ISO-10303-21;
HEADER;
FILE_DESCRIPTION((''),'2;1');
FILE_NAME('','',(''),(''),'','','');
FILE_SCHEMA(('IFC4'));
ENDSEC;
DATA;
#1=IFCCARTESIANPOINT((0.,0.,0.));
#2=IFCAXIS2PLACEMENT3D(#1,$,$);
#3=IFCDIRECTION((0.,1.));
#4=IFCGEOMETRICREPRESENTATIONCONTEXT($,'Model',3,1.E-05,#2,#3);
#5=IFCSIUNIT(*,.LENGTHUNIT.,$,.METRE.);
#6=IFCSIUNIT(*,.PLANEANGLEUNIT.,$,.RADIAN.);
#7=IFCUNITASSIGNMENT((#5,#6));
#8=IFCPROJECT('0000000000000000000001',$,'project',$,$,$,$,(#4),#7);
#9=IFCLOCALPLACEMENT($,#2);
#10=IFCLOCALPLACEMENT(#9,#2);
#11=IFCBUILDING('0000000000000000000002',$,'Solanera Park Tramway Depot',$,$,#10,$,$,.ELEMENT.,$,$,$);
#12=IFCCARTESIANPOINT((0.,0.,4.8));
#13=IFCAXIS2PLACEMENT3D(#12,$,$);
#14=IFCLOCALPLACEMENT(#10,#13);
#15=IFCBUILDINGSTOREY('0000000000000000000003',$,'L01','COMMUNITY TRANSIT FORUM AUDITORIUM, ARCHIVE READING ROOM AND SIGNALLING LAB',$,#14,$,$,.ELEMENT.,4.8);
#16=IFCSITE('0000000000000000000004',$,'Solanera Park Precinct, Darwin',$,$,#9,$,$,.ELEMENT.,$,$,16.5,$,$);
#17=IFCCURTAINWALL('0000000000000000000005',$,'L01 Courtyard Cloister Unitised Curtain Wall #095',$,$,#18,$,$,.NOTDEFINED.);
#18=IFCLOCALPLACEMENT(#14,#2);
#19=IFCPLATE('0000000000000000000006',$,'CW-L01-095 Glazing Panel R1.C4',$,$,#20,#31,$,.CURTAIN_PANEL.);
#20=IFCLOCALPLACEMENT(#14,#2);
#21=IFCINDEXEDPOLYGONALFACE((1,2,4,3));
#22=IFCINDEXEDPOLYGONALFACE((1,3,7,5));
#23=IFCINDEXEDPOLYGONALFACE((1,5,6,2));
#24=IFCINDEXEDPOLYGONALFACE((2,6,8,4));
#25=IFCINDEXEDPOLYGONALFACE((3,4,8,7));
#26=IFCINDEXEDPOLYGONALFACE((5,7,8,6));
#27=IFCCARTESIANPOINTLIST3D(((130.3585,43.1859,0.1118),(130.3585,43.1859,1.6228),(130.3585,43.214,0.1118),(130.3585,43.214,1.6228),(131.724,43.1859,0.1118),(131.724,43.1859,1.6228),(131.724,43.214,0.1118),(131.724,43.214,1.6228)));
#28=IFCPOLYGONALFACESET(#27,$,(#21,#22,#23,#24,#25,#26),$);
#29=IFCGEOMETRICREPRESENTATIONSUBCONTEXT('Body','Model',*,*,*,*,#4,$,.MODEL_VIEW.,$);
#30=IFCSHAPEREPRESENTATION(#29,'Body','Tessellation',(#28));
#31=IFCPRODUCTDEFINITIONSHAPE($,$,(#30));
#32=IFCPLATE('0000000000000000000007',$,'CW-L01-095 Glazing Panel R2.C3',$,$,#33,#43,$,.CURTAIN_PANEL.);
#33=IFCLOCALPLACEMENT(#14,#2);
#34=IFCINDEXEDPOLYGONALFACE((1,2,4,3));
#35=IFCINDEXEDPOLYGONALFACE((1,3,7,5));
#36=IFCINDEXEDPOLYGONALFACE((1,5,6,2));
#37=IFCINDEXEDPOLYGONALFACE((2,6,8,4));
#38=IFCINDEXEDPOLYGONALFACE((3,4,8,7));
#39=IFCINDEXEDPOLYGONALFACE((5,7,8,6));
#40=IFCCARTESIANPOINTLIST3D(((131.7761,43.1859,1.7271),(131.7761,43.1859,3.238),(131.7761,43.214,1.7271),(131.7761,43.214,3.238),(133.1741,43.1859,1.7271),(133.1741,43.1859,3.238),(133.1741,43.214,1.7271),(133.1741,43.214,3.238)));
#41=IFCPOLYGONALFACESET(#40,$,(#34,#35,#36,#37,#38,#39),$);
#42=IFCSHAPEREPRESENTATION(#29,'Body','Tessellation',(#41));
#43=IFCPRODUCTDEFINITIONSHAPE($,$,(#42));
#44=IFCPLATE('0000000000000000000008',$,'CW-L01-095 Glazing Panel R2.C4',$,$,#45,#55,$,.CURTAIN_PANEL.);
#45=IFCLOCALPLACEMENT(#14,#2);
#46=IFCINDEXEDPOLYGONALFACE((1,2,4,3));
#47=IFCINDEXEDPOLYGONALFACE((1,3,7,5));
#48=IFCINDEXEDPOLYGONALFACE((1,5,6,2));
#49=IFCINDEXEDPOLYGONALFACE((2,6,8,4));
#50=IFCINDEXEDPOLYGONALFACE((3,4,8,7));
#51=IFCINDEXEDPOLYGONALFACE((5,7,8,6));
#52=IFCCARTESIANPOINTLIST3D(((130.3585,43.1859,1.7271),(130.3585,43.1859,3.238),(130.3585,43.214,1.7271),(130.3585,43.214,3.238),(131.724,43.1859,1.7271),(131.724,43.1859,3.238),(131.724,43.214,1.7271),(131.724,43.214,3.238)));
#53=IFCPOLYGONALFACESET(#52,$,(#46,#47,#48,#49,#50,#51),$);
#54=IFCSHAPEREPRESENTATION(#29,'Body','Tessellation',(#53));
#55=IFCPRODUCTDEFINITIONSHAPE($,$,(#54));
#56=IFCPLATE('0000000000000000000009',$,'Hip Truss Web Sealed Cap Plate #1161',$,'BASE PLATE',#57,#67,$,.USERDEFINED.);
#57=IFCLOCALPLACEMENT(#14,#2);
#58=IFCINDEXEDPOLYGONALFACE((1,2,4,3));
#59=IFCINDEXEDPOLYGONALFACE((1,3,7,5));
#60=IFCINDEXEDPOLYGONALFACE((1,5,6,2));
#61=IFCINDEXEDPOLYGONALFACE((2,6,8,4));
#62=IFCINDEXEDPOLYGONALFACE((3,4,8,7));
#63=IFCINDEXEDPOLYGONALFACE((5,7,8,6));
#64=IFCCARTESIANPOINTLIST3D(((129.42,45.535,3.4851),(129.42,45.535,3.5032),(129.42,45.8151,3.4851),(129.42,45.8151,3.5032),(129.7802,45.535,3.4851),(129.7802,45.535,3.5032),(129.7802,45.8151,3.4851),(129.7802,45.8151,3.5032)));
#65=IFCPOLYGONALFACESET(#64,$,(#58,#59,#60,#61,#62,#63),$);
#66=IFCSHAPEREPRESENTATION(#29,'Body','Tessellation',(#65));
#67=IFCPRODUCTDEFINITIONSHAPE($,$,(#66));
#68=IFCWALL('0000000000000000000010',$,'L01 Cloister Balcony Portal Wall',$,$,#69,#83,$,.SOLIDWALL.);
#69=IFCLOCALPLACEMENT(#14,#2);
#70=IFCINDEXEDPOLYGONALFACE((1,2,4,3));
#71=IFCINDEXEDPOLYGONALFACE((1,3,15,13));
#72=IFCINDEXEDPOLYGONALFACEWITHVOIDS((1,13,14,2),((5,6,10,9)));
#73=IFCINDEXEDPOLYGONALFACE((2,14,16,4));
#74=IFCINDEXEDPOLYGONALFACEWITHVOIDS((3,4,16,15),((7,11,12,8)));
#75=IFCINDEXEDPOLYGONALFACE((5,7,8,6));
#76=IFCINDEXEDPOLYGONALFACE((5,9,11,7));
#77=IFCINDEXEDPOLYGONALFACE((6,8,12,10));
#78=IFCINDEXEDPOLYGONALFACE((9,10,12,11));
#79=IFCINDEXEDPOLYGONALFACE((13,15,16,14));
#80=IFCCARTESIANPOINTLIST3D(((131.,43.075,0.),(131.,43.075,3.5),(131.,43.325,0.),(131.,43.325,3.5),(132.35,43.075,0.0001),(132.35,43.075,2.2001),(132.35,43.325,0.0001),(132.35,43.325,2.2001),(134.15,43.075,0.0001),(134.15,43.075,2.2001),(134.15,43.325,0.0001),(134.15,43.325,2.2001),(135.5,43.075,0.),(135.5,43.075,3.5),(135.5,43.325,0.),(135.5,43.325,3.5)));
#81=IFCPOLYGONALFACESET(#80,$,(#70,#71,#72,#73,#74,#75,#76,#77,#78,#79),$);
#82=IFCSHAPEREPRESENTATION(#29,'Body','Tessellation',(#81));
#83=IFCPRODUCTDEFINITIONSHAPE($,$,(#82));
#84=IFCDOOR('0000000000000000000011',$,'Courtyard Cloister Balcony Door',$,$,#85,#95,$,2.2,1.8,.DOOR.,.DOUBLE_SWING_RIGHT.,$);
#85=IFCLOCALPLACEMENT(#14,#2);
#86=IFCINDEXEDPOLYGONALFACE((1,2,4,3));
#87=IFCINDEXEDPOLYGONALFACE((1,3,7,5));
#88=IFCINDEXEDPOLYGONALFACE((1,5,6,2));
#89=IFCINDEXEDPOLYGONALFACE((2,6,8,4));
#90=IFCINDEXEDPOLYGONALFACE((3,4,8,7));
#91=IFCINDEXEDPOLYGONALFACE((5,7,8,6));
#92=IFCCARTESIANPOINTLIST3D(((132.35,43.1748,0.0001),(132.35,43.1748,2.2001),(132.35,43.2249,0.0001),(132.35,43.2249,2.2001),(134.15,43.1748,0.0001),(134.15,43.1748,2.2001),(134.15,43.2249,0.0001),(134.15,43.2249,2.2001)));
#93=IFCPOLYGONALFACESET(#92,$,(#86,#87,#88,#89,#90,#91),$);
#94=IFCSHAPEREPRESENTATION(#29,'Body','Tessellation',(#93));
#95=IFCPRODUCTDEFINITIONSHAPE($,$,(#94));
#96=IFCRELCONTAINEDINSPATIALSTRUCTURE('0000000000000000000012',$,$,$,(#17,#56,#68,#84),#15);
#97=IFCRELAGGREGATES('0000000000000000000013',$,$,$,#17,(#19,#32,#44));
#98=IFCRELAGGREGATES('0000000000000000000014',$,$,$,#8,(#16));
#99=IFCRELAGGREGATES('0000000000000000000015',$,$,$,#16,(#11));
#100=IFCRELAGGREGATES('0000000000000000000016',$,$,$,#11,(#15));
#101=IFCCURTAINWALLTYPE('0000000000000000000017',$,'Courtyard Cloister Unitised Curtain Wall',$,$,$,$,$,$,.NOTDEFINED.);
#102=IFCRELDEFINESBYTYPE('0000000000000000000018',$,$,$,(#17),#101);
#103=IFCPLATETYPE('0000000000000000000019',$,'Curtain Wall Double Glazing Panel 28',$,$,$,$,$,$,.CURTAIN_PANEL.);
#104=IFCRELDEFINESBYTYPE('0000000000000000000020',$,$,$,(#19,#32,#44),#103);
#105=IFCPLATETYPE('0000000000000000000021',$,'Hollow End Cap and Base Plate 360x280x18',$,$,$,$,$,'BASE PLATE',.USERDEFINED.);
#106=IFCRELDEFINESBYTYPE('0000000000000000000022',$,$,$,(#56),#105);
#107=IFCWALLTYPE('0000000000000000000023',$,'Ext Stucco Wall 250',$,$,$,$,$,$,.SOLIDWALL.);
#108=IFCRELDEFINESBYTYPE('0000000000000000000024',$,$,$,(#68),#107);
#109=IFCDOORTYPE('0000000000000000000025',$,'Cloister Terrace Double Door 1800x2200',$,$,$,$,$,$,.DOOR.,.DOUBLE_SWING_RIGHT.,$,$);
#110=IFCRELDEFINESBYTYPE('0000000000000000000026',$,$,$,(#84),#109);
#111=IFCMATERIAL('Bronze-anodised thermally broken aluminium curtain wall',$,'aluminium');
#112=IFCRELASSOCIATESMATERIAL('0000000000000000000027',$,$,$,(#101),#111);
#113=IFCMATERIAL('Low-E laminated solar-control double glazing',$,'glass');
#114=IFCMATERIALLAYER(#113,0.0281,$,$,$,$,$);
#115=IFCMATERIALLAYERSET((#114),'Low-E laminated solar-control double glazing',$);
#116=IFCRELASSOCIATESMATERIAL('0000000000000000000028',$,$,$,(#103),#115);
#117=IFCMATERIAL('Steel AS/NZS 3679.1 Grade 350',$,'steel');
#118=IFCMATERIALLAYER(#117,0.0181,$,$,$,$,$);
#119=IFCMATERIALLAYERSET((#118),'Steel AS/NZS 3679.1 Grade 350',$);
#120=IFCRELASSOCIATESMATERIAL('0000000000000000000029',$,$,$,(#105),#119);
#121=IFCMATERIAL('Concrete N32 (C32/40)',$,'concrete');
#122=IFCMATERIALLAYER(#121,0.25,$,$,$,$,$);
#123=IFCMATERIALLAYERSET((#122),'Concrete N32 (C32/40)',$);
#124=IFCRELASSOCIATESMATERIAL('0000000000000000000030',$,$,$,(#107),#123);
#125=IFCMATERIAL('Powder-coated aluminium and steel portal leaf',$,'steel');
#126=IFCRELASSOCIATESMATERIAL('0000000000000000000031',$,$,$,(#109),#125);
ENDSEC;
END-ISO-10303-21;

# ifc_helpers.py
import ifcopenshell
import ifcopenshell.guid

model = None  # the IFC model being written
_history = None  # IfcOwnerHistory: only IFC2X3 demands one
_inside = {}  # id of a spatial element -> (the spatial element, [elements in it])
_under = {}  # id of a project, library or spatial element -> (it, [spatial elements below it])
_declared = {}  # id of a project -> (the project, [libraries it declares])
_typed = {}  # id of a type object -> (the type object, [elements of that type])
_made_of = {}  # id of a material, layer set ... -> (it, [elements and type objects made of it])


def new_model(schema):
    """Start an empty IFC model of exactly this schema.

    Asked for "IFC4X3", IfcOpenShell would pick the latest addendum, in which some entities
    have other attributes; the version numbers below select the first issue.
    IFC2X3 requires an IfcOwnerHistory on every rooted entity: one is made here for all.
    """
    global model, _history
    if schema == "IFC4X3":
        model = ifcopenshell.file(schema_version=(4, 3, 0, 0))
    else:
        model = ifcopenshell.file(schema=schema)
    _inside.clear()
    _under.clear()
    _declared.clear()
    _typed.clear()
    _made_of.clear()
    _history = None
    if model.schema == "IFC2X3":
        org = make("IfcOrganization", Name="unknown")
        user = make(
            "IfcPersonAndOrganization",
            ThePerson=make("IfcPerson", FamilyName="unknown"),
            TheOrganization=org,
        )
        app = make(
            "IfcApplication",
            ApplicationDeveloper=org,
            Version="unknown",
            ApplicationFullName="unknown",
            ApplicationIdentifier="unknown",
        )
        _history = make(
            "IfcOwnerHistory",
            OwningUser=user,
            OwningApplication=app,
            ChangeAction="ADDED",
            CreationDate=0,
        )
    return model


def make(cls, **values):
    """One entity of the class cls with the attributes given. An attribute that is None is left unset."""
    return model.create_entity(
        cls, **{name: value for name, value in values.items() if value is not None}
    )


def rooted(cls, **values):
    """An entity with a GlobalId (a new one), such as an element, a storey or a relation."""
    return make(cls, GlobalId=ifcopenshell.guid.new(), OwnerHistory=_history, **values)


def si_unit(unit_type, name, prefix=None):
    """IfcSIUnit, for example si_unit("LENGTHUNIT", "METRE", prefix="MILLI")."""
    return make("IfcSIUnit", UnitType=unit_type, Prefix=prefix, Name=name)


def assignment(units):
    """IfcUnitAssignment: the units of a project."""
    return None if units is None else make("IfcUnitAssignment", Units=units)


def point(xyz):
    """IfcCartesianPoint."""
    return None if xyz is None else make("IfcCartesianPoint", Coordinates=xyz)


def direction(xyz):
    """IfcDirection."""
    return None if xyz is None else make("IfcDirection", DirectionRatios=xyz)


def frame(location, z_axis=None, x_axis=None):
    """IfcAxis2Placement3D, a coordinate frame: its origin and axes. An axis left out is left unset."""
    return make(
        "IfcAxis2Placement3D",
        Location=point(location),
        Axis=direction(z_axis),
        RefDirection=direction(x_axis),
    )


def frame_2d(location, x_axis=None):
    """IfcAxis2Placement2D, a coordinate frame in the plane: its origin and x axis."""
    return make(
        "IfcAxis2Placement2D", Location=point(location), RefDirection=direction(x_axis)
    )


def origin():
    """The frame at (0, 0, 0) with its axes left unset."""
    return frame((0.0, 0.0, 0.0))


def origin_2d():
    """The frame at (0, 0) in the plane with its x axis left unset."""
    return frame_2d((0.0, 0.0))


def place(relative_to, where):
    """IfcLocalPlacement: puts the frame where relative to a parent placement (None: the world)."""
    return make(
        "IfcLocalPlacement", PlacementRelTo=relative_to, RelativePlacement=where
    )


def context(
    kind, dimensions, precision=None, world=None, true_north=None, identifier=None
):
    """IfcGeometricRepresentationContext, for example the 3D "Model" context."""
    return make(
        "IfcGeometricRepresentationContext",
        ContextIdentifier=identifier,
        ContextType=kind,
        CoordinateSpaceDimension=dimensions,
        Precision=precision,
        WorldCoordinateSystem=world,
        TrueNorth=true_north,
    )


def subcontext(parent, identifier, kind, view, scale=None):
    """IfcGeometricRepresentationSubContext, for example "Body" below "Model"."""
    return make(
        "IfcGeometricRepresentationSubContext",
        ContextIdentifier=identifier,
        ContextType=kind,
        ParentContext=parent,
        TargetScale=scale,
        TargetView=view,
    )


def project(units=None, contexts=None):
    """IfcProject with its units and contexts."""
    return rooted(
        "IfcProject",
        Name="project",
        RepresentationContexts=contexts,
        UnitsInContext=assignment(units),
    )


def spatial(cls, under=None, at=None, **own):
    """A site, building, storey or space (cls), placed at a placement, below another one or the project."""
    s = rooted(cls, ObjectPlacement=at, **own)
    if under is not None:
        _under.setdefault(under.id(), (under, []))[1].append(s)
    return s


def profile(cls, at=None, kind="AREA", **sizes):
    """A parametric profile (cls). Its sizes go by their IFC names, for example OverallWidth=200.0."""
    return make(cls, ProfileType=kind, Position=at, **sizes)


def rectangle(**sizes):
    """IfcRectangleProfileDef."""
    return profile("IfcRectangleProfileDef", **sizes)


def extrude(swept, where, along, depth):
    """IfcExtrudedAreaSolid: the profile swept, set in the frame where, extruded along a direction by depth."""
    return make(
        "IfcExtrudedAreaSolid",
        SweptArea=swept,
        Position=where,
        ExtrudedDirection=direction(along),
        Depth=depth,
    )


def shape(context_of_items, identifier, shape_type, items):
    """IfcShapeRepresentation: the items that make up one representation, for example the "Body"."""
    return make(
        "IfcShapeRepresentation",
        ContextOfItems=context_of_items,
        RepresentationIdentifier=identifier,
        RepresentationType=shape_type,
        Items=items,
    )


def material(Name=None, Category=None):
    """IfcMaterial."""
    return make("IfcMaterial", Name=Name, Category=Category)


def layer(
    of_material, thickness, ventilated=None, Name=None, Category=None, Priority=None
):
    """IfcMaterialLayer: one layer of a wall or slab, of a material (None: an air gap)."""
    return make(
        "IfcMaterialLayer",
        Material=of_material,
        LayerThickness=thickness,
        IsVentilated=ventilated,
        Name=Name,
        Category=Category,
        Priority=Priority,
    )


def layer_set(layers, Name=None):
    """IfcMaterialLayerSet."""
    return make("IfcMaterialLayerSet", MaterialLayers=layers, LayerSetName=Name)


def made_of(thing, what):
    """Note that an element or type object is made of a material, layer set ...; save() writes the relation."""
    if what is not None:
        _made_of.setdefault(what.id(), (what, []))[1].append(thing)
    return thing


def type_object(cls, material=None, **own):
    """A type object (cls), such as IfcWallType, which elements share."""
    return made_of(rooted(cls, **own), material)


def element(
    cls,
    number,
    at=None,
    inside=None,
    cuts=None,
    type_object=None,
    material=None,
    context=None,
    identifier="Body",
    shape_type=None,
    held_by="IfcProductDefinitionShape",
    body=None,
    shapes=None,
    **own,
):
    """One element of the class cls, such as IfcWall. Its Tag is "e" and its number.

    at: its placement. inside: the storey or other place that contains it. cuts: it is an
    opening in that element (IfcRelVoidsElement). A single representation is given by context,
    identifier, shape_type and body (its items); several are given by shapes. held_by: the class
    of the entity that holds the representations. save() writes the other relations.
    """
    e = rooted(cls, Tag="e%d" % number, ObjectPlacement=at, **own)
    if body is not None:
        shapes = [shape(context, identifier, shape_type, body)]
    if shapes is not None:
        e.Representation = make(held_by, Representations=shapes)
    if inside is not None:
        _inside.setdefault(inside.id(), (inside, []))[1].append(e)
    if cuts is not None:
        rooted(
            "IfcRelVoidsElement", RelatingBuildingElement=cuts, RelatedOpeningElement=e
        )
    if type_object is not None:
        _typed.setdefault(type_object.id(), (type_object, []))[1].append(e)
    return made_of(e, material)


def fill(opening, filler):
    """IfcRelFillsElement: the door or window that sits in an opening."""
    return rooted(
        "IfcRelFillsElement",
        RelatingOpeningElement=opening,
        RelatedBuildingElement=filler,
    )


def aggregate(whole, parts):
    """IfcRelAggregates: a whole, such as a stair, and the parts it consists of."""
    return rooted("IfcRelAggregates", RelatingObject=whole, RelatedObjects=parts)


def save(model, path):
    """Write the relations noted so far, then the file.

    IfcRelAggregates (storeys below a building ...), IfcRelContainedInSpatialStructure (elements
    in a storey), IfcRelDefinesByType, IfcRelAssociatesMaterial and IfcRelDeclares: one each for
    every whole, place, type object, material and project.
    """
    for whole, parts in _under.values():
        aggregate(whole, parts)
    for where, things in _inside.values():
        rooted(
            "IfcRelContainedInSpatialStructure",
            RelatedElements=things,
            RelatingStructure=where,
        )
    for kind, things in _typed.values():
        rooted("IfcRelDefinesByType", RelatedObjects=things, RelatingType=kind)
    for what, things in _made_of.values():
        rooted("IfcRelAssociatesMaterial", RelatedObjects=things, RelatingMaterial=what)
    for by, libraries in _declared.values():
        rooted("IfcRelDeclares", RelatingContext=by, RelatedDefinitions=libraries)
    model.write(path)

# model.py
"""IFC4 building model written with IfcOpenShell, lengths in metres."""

from ifc_helpers import new_model, si_unit, direction, frame, frame_2d, origin, origin_2d, place, context, subcontext, project, spatial, rectangle, extrude, material, layer, layer_set, type_object, element, fill, aggregate, save


model = new_model("IFC4")

# Units and contexts
model_context = context("Model", 3, precision=1e-05, world=origin(), true_north=direction((0.0, 1.0)))
body_context = subcontext(model_context, "Body", "Model", "MODEL_VIEW")
ifc_project = project(units=[si_unit("LENGTHUNIT", "METRE"), si_unit("PLANEANGLEUNIT", "RADIAN")], contexts=[model_context])

# Site, building, storey
site_placement = place(None, origin())
site = spatial("IfcSite", under=ifc_project, at=site_placement, Name="Solanera Park Precinct, Darwin", CompositionType="ELEMENT", RefElevation=16.5)
building_placement = place(site_placement, origin())
building = spatial("IfcBuilding", under=site, at=building_placement, Name="Solanera Park Tramway Depot", CompositionType="ELEMENT")
storey_placement = place(building_placement, frame((0.0, 0.0, 4.8)))
storey = spatial("IfcBuildingStorey", under=building, at=storey_placement, Name="L01", Description="COMMUNITY TRANSIT FORUM AUDITORIUM, ARCHIVE READING ROOM AND SIGNALLING LAB", CompositionType="ELEMENT", Elevation=4.8)

# Curtain wall
ifc_material_1 = material(Name="Bronze-anodised thermally broken aluminium curtain wall", Category="aluminium")
curtain_wall_type = type_object("IfcCurtainWallType", Name="Courtyard Cloister Unitised Curtain Wall", PredefinedType="NOTDEFINED", material=ifc_material_1)
curtain_wall_1_placement = place(storey_placement, origin())
curtain_wall_1 = element("IfcCurtainWall", 1, at=curtain_wall_1_placement, inside=storey, type_object=curtain_wall_type, Name="L01 Courtyard Cloister Unitised Curtain Wall #095", PredefinedType="NOTDEFINED")

# Plates
ifc_material_2 = material(Name="Low-E laminated solar-control double glazing", Category="glass")
ifc_layer_1 = layer(ifc_material_2, 0.0281)
ifc_layer_set_1 = layer_set([ifc_layer_1], Name="Low-E laminated solar-control double glazing")
plate_type_1 = type_object("IfcPlateType", Name="Curtain Wall Double Glazing Panel 28", PredefinedType="CURTAIN_PANEL", material=ifc_layer_set_1)
plate_1_placement = place(storey_placement, frame((131.0413, 43.2, 0.1118), z_axis=(0.0, 0.0, 1.0), x_axis=(-1.0, 0.0, 0.0)))
plate_1 = element("IfcPlate", 2, at=plate_1_placement, type_object=plate_type_1, Name="CW-L01-095 Glazing Panel R1.C4", PredefinedType="CURTAIN_PANEL", context=body_context, shape_type="SweptSolid", body=[
    extrude(rectangle(XDim=1.3655, YDim=0.0281, at=origin_2d()), origin(), (0.0, 0.0, 1.0), 1.511),
])
plate_2_placement = place(storey_placement, frame((132.4751, 43.2, 1.7271), z_axis=(0.0, 0.0, 1.0), x_axis=(-1.0, 0.0, 0.0)))
plate_2 = element("IfcPlate", 3, at=plate_2_placement, type_object=plate_type_1, Name="CW-L01-095 Glazing Panel R2.C3", PredefinedType="CURTAIN_PANEL", context=body_context, shape_type="SweptSolid", body=[
    extrude(rectangle(XDim=1.3979, YDim=0.0281, at=origin_2d()), origin(), (0.0, 0.0, 1.0), 1.511),
])
plate_3_placement = place(storey_placement, frame((131.0413, 43.2, 1.7271), z_axis=(0.0, 0.0, 1.0), x_axis=(-1.0, 0.0, 0.0)))
plate_3 = element("IfcPlate", 4, at=plate_3_placement, type_object=plate_type_1, Name="CW-L01-095 Glazing Panel R2.C4", PredefinedType="CURTAIN_PANEL", context=body_context, shape_type="SweptSolid", body=[
    extrude(rectangle(XDim=1.3655, YDim=0.0281, at=origin_2d()), origin(), (0.0, 0.0, 1.0), 1.511),
])
aggregate(curtain_wall_1, [plate_1, plate_2, plate_3])
ifc_material_3 = material(Name="Steel AS/NZS 3679.1 Grade 350", Category="steel")
ifc_layer_2 = layer(ifc_material_3, 0.0181)
ifc_layer_set_2 = layer_set([ifc_layer_2], Name="Steel AS/NZS 3679.1 Grade 350")
plate_type_2 = type_object("IfcPlateType", Name="Hollow End Cap and Base Plate 360x280x18", ElementType="BASE PLATE", PredefinedType="USERDEFINED", material=ifc_layer_set_2)
plate_4_placement = place(storey_placement, frame((129.6001, 45.675, 3.4851), z_axis=(0.0, 0.0, 1.0), x_axis=(1.0, 0.0, 0.0)))
element("IfcPlate", 5, at=plate_4_placement, inside=storey, type_object=plate_type_2, Name="Hip Truss Web Sealed Cap Plate #1161", ObjectType="BASE PLATE", PredefinedType="USERDEFINED", context=body_context, shape_type="SweptSolid", body=[
    extrude(rectangle(XDim=0.3601, YDim=0.28, at=origin_2d()), origin(), (0.0, 0.0, 1.0), 0.0181),
])

# Wall, opening, door
ifc_material_4 = material(Name="Concrete N32 (C32/40)", Category="concrete")
ifc_layer_3 = layer(ifc_material_4, 0.25)
ifc_layer_set_3 = layer_set([ifc_layer_3], Name="Concrete N32 (C32/40)")
wall_type = type_object("IfcWallType", Name="Ext Stucco Wall 250", PredefinedType="SOLIDWALL", material=ifc_layer_set_3)
wall_placement = place(storey_placement, frame((131.0, 43.2, 0.0), z_axis=(0.0, 0.0, 1.0), x_axis=(1.0, 0.0, 0.0)))
wall = element("IfcWall", 6, at=wall_placement, inside=storey, type_object=wall_type, Name="L01 Cloister Balcony Portal Wall", PredefinedType="SOLIDWALL", context=body_context, shape_type="SweptSolid", body=[
    extrude(rectangle(XDim=4.5, YDim=0.25, at=frame_2d((2.25, 0.0))), origin(), (0.0, 0.0, 1.0), 3.5),
])
opening_placement = place(wall_placement, frame((1.3501, 0.0, 0.0)))
opening = element("IfcOpeningElement", 7, at=opening_placement, cuts=wall, PredefinedType="OPENING", context=body_context, shape_type="SweptSolid", body=[
    extrude(rectangle(XDim=1.8, YDim=2.2, at=frame_2d((0.8999, 1.1001))), frame((0.0, 0.135, 0.0), z_axis=(0.0, -1.0, 0.0), x_axis=(1.0, 0.0, 0.0)), (0.0, 0.0, 1.0), 0.27),
])
ifc_material_5 = material(Name="Powder-coated aluminium and steel portal leaf", Category="steel")
door_type = type_object("IfcDoorType", Name="Cloister Terrace Double Door 1800x2200", OperationType="DOUBLE_SWING_RIGHT", PredefinedType="DOOR", material=ifc_material_5)
door_placement = place(opening_placement, origin())
door = element("IfcDoor", 8, at=door_placement, inside=storey, type_object=door_type, Name="Courtyard Cloister Balcony Door", OperationType="DOUBLE_SWING_RIGHT", OverallHeight=2.2, OverallWidth=1.8, PredefinedType="DOOR", context=body_context, shape_type="SweptSolid", body=[
    extrude(rectangle(XDim=1.8, YDim=2.2, at=frame_2d((0.8999, 1.1001))), frame((0.0, 0.0249, 0.0), z_axis=(0.0, -1.0, 0.0), x_axis=(1.0, 0.0, 0.0)), (0.0, 0.0, 1.0), 0.05),
])
fill(opening, door)

save(model, "model.ifc")
